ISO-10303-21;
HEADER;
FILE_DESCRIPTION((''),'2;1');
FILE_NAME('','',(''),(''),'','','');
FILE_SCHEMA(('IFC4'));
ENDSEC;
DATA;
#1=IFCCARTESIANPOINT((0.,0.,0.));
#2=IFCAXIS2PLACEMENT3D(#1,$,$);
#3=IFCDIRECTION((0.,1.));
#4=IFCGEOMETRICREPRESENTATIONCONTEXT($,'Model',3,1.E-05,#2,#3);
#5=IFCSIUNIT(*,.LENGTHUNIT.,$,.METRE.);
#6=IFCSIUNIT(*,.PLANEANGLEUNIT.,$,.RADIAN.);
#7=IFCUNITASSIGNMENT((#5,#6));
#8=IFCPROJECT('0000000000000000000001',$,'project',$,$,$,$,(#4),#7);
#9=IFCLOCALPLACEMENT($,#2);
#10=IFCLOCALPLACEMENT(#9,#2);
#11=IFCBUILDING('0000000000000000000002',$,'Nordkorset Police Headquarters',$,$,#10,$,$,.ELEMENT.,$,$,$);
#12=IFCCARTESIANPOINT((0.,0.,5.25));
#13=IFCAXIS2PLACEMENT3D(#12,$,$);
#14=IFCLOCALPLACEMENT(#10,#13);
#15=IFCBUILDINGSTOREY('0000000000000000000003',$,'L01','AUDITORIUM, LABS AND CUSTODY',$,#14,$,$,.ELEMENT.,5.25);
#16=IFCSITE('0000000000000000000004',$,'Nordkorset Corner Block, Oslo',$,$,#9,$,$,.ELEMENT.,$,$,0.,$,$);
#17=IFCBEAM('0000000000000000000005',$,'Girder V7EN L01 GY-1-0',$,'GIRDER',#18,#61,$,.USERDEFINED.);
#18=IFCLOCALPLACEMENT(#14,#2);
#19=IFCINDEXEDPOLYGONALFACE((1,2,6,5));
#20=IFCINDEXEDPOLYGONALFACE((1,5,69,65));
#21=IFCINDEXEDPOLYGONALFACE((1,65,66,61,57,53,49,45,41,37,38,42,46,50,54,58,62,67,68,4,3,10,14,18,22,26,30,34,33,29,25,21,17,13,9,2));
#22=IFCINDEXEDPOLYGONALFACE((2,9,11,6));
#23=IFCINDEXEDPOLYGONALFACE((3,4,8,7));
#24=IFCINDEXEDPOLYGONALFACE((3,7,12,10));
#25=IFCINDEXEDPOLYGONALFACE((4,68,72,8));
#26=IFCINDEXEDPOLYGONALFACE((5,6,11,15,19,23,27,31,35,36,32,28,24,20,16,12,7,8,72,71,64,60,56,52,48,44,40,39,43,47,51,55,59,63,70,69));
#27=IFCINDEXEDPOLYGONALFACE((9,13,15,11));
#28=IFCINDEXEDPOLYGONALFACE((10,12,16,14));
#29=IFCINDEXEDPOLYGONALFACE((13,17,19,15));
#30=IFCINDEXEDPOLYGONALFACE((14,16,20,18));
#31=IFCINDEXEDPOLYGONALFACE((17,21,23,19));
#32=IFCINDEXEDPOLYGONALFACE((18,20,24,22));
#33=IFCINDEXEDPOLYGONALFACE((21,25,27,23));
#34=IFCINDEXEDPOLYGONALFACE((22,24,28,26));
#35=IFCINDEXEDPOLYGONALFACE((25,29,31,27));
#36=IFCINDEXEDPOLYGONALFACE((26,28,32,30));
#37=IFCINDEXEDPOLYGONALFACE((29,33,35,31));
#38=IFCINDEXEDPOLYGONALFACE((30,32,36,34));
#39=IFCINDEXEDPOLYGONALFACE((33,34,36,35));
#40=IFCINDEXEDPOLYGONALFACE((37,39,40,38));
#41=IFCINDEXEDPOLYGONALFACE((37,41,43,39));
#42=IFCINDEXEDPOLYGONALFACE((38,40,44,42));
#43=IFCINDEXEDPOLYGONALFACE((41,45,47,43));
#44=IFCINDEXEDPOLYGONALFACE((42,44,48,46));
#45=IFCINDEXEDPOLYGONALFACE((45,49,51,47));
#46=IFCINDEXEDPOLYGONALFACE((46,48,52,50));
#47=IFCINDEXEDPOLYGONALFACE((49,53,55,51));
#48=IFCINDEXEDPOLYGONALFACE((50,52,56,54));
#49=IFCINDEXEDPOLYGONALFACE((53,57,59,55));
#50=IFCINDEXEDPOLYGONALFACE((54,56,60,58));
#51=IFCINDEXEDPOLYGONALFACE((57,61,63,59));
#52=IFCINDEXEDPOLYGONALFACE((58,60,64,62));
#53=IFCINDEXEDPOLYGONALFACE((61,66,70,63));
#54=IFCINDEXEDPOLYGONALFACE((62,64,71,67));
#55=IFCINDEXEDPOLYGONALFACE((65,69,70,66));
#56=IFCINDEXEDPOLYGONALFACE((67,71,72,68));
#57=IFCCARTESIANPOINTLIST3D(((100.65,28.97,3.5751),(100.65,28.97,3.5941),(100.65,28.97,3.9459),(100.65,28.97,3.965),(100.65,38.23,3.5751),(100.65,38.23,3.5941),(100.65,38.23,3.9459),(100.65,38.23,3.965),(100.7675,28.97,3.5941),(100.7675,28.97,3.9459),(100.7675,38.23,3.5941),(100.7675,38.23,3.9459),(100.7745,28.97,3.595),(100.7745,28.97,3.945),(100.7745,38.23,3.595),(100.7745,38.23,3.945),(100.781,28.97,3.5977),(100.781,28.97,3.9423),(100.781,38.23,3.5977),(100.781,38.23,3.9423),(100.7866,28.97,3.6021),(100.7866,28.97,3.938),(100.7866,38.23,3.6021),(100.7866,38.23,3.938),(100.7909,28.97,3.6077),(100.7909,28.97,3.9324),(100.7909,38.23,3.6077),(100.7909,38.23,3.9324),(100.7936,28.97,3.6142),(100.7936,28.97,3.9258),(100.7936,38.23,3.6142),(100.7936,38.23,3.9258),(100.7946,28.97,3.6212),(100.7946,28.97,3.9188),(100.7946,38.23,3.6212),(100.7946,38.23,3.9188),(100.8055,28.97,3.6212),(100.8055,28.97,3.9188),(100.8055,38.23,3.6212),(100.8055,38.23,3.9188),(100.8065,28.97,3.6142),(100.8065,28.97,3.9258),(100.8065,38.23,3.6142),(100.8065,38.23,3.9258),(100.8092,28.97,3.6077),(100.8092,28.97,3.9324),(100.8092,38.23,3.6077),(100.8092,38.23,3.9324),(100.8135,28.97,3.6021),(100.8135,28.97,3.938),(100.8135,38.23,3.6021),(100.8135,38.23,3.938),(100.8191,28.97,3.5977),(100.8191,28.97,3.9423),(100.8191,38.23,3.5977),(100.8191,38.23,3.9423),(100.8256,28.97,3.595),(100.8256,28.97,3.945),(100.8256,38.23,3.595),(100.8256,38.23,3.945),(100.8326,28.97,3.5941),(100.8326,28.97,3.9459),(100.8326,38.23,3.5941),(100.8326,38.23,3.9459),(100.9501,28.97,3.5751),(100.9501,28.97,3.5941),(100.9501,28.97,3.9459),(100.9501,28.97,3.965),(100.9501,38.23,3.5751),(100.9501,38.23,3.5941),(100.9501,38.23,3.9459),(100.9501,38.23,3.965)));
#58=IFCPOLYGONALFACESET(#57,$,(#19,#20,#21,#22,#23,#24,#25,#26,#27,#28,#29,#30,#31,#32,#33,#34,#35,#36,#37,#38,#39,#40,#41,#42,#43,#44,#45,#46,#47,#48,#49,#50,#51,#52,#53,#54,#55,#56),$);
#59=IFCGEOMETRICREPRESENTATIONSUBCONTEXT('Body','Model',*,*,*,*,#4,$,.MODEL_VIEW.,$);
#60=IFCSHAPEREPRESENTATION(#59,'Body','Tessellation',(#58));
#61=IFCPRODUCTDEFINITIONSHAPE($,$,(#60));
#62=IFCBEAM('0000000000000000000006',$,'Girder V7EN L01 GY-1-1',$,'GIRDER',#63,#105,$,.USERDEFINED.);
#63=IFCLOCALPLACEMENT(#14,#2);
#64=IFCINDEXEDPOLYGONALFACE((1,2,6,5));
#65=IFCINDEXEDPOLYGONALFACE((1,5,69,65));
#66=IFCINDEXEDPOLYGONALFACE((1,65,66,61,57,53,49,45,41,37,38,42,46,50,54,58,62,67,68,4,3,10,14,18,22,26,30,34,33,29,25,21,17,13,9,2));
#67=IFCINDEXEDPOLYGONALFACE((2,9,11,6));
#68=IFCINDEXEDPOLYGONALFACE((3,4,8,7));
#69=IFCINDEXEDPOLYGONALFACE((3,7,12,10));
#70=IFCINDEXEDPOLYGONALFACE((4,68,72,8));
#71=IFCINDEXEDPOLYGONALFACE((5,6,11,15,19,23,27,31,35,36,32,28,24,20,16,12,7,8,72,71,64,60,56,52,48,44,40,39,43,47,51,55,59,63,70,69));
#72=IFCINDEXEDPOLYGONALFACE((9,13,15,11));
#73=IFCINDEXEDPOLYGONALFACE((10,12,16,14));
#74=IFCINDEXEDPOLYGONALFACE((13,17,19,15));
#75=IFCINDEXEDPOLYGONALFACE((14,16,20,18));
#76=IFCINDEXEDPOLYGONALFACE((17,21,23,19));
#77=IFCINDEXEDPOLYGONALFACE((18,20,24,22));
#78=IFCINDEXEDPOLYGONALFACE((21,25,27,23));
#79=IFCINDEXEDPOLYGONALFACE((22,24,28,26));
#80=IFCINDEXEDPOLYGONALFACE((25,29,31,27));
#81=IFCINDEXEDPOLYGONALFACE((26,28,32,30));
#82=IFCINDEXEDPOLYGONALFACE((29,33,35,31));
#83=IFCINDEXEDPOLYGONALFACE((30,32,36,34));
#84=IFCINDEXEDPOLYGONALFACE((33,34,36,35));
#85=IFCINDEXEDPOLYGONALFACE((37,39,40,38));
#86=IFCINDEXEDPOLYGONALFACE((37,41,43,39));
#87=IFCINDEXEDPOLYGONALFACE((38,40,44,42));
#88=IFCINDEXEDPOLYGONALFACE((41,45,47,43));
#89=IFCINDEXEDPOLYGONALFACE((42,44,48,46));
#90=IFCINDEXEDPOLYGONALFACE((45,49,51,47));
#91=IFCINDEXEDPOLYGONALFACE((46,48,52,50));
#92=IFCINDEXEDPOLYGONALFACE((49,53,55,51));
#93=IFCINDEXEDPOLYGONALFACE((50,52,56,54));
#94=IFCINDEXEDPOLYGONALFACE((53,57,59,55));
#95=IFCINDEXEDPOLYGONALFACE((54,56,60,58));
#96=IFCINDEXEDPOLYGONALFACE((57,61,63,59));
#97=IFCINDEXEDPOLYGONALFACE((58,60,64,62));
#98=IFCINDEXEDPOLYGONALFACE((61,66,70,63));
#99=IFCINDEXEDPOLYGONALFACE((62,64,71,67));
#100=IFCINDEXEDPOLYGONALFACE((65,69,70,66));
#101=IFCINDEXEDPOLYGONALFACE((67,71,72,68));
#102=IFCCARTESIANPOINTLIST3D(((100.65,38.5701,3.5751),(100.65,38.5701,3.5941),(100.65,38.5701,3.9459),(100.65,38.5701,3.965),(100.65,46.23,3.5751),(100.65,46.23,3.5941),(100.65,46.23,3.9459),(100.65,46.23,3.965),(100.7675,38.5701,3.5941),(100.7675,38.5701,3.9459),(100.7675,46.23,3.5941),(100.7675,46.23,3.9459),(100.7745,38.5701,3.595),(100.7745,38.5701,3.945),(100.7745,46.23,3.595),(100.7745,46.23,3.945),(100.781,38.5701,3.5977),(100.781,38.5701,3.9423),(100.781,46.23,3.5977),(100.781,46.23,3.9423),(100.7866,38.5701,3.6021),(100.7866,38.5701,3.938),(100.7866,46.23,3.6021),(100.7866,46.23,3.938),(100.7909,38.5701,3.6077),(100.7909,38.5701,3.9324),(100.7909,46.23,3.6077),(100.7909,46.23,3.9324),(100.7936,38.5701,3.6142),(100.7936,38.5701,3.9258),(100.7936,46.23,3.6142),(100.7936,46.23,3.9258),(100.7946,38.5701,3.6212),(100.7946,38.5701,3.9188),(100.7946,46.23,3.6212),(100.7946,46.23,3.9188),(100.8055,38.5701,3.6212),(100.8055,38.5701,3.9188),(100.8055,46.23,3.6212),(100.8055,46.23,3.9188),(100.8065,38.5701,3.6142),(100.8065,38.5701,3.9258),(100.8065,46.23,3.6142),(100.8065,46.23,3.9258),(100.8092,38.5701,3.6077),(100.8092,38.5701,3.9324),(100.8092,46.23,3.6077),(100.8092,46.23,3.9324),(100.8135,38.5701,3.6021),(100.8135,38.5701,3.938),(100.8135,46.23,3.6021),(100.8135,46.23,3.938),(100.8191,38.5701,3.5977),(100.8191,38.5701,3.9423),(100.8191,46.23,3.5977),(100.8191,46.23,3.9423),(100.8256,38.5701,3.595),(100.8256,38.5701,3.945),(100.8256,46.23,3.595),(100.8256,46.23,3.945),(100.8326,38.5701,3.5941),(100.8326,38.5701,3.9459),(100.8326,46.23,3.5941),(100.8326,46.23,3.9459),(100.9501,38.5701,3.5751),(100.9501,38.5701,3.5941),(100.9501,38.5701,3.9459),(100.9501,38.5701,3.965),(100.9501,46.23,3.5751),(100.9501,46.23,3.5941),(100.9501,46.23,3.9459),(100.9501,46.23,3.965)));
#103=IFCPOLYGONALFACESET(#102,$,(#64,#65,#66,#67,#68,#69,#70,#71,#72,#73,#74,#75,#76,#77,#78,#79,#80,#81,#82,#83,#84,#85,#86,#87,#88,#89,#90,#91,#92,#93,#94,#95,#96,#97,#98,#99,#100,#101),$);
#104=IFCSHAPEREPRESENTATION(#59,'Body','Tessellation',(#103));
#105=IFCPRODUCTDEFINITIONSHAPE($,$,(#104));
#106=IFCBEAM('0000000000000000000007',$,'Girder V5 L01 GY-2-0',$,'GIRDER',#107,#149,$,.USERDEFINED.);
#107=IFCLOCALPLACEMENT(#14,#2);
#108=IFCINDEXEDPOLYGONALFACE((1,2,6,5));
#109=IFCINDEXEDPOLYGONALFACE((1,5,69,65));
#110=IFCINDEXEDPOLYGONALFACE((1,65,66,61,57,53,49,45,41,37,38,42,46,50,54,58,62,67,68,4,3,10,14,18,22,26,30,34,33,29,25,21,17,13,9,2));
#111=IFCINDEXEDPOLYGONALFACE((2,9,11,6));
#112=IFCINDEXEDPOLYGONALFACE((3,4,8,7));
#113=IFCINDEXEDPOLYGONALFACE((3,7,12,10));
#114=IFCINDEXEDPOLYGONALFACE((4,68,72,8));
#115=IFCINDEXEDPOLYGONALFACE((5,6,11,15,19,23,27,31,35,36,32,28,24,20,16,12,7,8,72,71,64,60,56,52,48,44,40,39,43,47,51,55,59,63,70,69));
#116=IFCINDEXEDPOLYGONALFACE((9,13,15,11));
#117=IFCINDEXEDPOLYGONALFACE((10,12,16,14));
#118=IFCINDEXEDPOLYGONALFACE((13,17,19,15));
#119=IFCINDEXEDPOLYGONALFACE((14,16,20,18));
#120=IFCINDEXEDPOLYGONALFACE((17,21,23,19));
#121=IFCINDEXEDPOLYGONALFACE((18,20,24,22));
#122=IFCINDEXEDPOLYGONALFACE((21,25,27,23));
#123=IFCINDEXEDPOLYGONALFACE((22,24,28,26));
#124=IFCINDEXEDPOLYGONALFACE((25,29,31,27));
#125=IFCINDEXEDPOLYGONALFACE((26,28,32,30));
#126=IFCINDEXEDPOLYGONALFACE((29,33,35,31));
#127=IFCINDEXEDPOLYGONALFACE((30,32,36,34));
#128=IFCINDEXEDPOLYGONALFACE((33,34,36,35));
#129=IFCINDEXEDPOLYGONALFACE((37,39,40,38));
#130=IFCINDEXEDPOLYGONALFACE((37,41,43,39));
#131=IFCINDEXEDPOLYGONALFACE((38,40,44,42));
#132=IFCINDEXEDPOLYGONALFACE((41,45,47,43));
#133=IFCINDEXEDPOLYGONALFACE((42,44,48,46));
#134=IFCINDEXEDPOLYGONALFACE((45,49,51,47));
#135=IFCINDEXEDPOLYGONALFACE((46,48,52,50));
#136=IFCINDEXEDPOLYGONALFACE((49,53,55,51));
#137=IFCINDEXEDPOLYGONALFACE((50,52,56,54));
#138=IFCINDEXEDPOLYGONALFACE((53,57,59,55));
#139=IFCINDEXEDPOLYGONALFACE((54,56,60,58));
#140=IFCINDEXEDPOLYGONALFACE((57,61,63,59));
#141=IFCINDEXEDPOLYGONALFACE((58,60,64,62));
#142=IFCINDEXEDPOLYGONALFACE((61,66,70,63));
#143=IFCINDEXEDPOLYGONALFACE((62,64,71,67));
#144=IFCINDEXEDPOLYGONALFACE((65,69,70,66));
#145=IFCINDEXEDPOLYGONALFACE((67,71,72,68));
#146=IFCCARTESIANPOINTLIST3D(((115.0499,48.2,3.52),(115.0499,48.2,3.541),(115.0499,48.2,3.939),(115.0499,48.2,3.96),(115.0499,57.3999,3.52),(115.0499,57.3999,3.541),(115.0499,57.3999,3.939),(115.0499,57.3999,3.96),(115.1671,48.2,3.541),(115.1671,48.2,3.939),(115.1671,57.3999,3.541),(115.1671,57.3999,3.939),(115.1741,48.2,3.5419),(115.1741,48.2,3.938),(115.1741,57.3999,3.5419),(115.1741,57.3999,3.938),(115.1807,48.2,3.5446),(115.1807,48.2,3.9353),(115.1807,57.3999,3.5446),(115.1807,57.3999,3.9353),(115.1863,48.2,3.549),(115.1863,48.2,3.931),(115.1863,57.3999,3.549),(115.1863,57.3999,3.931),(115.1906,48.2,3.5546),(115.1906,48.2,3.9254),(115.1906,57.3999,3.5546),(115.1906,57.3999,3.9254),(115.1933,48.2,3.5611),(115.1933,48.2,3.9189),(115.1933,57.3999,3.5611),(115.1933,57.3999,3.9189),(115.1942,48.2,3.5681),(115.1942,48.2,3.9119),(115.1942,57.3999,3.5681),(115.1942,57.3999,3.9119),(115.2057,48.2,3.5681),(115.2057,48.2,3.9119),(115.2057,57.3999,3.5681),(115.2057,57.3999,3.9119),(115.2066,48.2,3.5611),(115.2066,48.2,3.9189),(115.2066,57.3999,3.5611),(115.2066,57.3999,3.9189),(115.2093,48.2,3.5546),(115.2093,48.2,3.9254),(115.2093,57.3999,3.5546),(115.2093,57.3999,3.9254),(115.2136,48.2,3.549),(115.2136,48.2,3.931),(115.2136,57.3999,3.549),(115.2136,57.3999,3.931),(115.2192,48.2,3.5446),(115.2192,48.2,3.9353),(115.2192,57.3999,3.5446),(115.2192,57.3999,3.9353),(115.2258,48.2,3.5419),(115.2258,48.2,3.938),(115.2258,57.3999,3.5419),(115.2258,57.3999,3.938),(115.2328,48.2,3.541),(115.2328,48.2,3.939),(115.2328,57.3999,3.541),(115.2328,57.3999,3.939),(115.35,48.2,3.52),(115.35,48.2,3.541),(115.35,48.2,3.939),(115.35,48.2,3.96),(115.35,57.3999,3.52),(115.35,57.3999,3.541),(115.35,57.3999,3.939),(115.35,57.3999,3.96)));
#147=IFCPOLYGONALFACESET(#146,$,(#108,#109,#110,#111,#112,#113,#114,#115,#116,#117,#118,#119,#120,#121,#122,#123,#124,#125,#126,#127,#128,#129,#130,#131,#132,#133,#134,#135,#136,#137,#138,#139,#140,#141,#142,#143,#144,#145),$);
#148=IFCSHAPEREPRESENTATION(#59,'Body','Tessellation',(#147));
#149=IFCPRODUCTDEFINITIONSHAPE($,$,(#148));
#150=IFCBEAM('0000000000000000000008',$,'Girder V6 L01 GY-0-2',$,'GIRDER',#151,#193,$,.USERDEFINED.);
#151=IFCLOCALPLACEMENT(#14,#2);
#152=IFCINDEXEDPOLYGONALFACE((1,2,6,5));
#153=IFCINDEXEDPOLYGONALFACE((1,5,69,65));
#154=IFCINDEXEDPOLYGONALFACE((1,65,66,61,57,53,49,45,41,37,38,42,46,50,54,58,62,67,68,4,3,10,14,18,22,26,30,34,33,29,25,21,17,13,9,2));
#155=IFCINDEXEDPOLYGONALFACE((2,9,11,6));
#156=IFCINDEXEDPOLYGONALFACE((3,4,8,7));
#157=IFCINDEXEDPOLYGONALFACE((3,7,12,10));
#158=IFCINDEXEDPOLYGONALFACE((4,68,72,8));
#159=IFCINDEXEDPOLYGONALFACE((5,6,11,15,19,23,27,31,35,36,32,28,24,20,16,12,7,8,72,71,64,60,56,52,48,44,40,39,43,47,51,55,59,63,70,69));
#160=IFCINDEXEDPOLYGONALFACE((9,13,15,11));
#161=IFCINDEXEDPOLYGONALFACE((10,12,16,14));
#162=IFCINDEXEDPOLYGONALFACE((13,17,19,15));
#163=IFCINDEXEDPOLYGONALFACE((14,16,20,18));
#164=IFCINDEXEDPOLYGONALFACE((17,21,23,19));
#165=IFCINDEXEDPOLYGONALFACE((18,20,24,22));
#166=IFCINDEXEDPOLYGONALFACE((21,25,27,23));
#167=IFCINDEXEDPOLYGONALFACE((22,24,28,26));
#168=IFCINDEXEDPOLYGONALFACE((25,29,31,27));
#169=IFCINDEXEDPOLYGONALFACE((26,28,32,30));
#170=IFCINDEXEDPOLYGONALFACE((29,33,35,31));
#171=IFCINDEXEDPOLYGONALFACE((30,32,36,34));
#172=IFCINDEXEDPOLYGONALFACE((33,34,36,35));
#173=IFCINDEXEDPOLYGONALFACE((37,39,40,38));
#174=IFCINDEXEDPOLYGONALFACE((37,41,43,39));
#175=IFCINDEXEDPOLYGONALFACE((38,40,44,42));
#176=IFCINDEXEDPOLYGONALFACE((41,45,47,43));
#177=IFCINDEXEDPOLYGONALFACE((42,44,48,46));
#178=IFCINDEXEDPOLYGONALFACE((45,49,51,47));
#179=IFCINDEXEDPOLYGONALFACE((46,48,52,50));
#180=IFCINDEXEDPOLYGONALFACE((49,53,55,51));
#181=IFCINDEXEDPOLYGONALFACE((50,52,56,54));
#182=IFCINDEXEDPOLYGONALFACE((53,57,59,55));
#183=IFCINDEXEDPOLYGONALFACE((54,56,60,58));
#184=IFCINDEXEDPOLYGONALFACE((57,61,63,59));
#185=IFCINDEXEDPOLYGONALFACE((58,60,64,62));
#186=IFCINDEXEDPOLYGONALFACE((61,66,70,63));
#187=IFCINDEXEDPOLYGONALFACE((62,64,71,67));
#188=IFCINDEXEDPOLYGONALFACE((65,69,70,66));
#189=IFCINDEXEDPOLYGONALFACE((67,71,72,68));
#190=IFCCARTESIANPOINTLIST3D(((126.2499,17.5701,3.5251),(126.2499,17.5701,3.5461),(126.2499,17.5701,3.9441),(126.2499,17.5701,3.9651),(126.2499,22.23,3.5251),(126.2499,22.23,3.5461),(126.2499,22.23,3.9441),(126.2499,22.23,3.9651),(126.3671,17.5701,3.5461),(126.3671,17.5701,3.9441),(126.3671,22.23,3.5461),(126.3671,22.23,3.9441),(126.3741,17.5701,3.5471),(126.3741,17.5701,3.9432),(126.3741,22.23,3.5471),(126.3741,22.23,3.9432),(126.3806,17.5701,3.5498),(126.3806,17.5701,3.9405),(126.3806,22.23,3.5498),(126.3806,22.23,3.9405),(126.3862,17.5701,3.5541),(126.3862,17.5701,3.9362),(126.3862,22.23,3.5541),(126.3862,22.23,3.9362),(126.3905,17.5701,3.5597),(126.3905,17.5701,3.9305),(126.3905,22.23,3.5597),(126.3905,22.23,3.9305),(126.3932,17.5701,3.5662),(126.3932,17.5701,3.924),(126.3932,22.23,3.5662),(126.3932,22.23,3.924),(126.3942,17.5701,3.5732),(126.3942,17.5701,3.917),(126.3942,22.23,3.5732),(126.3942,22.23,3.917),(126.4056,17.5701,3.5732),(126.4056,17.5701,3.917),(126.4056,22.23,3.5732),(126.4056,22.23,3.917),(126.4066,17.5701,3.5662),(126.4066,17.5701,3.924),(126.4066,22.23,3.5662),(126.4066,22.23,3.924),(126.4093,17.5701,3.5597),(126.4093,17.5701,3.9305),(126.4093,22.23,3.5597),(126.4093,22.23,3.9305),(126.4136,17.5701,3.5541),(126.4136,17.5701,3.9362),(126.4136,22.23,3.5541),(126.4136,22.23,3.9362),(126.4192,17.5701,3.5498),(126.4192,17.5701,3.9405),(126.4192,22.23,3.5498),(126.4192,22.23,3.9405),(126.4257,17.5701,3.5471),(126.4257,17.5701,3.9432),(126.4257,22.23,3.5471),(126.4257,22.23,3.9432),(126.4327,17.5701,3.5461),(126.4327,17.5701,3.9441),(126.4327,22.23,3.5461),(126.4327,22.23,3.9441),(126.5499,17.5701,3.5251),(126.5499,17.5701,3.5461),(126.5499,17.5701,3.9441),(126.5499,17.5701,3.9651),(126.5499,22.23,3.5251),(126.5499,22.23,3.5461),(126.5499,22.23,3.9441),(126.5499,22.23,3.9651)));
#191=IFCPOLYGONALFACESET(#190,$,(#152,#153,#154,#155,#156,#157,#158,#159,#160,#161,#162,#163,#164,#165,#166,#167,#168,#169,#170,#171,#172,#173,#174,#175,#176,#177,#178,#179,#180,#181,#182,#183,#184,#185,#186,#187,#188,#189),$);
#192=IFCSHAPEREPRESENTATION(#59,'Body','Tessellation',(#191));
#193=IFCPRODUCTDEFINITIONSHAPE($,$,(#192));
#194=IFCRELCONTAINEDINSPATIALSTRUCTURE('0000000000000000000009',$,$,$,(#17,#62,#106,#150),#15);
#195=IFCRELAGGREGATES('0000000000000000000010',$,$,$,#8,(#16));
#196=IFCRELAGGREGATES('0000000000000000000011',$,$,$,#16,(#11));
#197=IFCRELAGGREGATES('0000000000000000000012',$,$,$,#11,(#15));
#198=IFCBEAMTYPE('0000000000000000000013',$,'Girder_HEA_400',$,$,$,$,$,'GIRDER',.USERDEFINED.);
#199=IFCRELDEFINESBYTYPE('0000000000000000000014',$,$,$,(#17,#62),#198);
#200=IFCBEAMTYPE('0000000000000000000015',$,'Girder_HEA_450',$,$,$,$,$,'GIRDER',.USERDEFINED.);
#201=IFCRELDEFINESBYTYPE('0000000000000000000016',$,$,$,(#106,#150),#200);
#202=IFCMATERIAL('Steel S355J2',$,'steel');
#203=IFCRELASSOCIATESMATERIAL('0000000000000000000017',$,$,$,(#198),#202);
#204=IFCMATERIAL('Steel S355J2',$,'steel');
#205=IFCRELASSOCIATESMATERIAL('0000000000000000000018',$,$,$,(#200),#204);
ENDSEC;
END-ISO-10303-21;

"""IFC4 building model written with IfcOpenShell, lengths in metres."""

from ifc_helpers import new_model, si_unit, direction, frame, origin, origin_2d, place, context, subcontext, project, spatial, i_section, extrude, material, material_profile, profile_set, type_object, element, save


model = new_model("IFC4")

# Units and contexts
model_context = context("Model", 3, precision=1e-05, world=origin(), true_north=direction((0.0, 1.0)))
body_context = subcontext(model_context, "Body", "Model", "MODEL_VIEW")
ifc_project = project(units=[si_unit("LENGTHUNIT", "METRE"), si_unit("PLANEANGLEUNIT", "RADIAN")], contexts=[model_context])

# Site, building, storey
site_placement = place(None, origin())
site = spatial("IfcSite", under=ifc_project, at=site_placement, Name="Nordkorset Corner Block, Oslo", CompositionType="ELEMENT", RefElevation=0.0)
building_placement = place(site_placement, origin())
building = spatial("IfcBuilding", under=site, at=building_placement, Name="Nordkorset Police Headquarters", CompositionType="ELEMENT")
storey_placement = place(building_placement, frame((0.0, 0.0, 5.25)))
storey = spatial("IfcBuildingStorey", under=building, at=storey_placement, Name="L01", Description="AUDITORIUM, LABS AND CUSTODY", CompositionType="ELEMENT", Elevation=5.25)

# Beams
ifc_material_1 = material(Name="Steel S355J2", Category="steel")
ifc_material_profile_1 = material_profile(ifc_material_1, i_section(OverallWidth=0.3, OverallDepth=0.3899, WebThickness=0.011, FlangeThickness=0.019, FilletRadius=0.0271, at=origin_2d()), Name="HEA 400")
ifc_profile_set_1 = profile_set([ifc_material_profile_1], Name="Steel S355J2")
beam_type_1 = type_object("IfcBeamType", Name="Girder_HEA_400", ElementType="GIRDER", PredefinedType="USERDEFINED", material=ifc_profile_set_1)
beam_1_placement = place(storey_placement, frame((100.8, 28.97, 3.77), z_axis=(0.0, 1.0, 0.0), x_axis=(-1.0, 0.0, 0.0)))
element("IfcBeam", 1, at=beam_1_placement, inside=storey, type_object=beam_type_1, Name="Girder V7EN L01 GY-1-0", ObjectType="GIRDER", PredefinedType="USERDEFINED", context=body_context, shape_type="SweptSolid", body=[
    extrude(i_section(OverallWidth=0.3, OverallDepth=0.3899, WebThickness=0.011, FlangeThickness=0.019, FilletRadius=0.0271, at=origin_2d()), origin(), (0.0, 0.0, 1.0), 9.26),
])
beam_2_placement = place(storey_placement, frame((100.8, 38.5701, 3.77), z_axis=(0.0, 1.0, 0.0), x_axis=(-1.0, 0.0, 0.0)))
element("IfcBeam", 2, at=beam_2_placement, inside=storey, type_object=beam_type_1, Name="Girder V7EN L01 GY-1-1", ObjectType="GIRDER", PredefinedType="USERDEFINED", context=body_context, shape_type="SweptSolid", body=[
    extrude(i_section(OverallWidth=0.3, OverallDepth=0.3899, WebThickness=0.011, FlangeThickness=0.019, FilletRadius=0.0271, at=origin_2d()), origin(), (0.0, 0.0, 1.0), 7.6599),
])
ifc_material_2 = material(Name="Steel S355J2", Category="steel")
ifc_material_profile_2 = material_profile(ifc_material_2, i_section(OverallWidth=0.3, OverallDepth=0.4399, WebThickness=0.0115, FlangeThickness=0.021, FilletRadius=0.0271, at=origin_2d()), Name="HEA 450")
ifc_profile_set_2 = profile_set([ifc_material_profile_2], Name="Steel S355J2")
beam_type_2 = type_object("IfcBeamType", Name="Girder_HEA_450", ElementType="GIRDER", PredefinedType="USERDEFINED", material=ifc_profile_set_2)
beam_3_placement = place(storey_placement, frame((115.2, 48.2, 3.74), z_axis=(0.0, 1.0, 0.0), x_axis=(-1.0, 0.0, 0.0)))
element("IfcBeam", 3, at=beam_3_placement, inside=storey, type_object=beam_type_2, Name="Girder V5 L01 GY-2-0", ObjectType="GIRDER", PredefinedType="USERDEFINED", context=body_context, shape_type="SweptSolid", body=[
    extrude(i_section(OverallWidth=0.3, OverallDepth=0.4399, WebThickness=0.0115, FlangeThickness=0.021, FilletRadius=0.0271, at=origin_2d()), origin(), (0.0, 0.0, 1.0), 9.2),
])
beam_4_placement = place(storey_placement, frame((126.3999, 17.5701, 3.7451), z_axis=(0.0, 1.0, 0.0), x_axis=(-1.0, 0.0, 0.0)))
element("IfcBeam", 4, at=beam_4_placement, inside=storey, type_object=beam_type_2, Name="Girder V6 L01 GY-0-2", ObjectType="GIRDER", PredefinedType="USERDEFINED", context=body_context, shape_type="SweptSolid", body=[
    extrude(i_section(OverallWidth=0.3, OverallDepth=0.4399, WebThickness=0.0115, FlangeThickness=0.021, FilletRadius=0.0271, at=origin_2d()), origin(), (0.0, 0.0, 1.0), 4.6599),
])

save(model, "model.ifc")
